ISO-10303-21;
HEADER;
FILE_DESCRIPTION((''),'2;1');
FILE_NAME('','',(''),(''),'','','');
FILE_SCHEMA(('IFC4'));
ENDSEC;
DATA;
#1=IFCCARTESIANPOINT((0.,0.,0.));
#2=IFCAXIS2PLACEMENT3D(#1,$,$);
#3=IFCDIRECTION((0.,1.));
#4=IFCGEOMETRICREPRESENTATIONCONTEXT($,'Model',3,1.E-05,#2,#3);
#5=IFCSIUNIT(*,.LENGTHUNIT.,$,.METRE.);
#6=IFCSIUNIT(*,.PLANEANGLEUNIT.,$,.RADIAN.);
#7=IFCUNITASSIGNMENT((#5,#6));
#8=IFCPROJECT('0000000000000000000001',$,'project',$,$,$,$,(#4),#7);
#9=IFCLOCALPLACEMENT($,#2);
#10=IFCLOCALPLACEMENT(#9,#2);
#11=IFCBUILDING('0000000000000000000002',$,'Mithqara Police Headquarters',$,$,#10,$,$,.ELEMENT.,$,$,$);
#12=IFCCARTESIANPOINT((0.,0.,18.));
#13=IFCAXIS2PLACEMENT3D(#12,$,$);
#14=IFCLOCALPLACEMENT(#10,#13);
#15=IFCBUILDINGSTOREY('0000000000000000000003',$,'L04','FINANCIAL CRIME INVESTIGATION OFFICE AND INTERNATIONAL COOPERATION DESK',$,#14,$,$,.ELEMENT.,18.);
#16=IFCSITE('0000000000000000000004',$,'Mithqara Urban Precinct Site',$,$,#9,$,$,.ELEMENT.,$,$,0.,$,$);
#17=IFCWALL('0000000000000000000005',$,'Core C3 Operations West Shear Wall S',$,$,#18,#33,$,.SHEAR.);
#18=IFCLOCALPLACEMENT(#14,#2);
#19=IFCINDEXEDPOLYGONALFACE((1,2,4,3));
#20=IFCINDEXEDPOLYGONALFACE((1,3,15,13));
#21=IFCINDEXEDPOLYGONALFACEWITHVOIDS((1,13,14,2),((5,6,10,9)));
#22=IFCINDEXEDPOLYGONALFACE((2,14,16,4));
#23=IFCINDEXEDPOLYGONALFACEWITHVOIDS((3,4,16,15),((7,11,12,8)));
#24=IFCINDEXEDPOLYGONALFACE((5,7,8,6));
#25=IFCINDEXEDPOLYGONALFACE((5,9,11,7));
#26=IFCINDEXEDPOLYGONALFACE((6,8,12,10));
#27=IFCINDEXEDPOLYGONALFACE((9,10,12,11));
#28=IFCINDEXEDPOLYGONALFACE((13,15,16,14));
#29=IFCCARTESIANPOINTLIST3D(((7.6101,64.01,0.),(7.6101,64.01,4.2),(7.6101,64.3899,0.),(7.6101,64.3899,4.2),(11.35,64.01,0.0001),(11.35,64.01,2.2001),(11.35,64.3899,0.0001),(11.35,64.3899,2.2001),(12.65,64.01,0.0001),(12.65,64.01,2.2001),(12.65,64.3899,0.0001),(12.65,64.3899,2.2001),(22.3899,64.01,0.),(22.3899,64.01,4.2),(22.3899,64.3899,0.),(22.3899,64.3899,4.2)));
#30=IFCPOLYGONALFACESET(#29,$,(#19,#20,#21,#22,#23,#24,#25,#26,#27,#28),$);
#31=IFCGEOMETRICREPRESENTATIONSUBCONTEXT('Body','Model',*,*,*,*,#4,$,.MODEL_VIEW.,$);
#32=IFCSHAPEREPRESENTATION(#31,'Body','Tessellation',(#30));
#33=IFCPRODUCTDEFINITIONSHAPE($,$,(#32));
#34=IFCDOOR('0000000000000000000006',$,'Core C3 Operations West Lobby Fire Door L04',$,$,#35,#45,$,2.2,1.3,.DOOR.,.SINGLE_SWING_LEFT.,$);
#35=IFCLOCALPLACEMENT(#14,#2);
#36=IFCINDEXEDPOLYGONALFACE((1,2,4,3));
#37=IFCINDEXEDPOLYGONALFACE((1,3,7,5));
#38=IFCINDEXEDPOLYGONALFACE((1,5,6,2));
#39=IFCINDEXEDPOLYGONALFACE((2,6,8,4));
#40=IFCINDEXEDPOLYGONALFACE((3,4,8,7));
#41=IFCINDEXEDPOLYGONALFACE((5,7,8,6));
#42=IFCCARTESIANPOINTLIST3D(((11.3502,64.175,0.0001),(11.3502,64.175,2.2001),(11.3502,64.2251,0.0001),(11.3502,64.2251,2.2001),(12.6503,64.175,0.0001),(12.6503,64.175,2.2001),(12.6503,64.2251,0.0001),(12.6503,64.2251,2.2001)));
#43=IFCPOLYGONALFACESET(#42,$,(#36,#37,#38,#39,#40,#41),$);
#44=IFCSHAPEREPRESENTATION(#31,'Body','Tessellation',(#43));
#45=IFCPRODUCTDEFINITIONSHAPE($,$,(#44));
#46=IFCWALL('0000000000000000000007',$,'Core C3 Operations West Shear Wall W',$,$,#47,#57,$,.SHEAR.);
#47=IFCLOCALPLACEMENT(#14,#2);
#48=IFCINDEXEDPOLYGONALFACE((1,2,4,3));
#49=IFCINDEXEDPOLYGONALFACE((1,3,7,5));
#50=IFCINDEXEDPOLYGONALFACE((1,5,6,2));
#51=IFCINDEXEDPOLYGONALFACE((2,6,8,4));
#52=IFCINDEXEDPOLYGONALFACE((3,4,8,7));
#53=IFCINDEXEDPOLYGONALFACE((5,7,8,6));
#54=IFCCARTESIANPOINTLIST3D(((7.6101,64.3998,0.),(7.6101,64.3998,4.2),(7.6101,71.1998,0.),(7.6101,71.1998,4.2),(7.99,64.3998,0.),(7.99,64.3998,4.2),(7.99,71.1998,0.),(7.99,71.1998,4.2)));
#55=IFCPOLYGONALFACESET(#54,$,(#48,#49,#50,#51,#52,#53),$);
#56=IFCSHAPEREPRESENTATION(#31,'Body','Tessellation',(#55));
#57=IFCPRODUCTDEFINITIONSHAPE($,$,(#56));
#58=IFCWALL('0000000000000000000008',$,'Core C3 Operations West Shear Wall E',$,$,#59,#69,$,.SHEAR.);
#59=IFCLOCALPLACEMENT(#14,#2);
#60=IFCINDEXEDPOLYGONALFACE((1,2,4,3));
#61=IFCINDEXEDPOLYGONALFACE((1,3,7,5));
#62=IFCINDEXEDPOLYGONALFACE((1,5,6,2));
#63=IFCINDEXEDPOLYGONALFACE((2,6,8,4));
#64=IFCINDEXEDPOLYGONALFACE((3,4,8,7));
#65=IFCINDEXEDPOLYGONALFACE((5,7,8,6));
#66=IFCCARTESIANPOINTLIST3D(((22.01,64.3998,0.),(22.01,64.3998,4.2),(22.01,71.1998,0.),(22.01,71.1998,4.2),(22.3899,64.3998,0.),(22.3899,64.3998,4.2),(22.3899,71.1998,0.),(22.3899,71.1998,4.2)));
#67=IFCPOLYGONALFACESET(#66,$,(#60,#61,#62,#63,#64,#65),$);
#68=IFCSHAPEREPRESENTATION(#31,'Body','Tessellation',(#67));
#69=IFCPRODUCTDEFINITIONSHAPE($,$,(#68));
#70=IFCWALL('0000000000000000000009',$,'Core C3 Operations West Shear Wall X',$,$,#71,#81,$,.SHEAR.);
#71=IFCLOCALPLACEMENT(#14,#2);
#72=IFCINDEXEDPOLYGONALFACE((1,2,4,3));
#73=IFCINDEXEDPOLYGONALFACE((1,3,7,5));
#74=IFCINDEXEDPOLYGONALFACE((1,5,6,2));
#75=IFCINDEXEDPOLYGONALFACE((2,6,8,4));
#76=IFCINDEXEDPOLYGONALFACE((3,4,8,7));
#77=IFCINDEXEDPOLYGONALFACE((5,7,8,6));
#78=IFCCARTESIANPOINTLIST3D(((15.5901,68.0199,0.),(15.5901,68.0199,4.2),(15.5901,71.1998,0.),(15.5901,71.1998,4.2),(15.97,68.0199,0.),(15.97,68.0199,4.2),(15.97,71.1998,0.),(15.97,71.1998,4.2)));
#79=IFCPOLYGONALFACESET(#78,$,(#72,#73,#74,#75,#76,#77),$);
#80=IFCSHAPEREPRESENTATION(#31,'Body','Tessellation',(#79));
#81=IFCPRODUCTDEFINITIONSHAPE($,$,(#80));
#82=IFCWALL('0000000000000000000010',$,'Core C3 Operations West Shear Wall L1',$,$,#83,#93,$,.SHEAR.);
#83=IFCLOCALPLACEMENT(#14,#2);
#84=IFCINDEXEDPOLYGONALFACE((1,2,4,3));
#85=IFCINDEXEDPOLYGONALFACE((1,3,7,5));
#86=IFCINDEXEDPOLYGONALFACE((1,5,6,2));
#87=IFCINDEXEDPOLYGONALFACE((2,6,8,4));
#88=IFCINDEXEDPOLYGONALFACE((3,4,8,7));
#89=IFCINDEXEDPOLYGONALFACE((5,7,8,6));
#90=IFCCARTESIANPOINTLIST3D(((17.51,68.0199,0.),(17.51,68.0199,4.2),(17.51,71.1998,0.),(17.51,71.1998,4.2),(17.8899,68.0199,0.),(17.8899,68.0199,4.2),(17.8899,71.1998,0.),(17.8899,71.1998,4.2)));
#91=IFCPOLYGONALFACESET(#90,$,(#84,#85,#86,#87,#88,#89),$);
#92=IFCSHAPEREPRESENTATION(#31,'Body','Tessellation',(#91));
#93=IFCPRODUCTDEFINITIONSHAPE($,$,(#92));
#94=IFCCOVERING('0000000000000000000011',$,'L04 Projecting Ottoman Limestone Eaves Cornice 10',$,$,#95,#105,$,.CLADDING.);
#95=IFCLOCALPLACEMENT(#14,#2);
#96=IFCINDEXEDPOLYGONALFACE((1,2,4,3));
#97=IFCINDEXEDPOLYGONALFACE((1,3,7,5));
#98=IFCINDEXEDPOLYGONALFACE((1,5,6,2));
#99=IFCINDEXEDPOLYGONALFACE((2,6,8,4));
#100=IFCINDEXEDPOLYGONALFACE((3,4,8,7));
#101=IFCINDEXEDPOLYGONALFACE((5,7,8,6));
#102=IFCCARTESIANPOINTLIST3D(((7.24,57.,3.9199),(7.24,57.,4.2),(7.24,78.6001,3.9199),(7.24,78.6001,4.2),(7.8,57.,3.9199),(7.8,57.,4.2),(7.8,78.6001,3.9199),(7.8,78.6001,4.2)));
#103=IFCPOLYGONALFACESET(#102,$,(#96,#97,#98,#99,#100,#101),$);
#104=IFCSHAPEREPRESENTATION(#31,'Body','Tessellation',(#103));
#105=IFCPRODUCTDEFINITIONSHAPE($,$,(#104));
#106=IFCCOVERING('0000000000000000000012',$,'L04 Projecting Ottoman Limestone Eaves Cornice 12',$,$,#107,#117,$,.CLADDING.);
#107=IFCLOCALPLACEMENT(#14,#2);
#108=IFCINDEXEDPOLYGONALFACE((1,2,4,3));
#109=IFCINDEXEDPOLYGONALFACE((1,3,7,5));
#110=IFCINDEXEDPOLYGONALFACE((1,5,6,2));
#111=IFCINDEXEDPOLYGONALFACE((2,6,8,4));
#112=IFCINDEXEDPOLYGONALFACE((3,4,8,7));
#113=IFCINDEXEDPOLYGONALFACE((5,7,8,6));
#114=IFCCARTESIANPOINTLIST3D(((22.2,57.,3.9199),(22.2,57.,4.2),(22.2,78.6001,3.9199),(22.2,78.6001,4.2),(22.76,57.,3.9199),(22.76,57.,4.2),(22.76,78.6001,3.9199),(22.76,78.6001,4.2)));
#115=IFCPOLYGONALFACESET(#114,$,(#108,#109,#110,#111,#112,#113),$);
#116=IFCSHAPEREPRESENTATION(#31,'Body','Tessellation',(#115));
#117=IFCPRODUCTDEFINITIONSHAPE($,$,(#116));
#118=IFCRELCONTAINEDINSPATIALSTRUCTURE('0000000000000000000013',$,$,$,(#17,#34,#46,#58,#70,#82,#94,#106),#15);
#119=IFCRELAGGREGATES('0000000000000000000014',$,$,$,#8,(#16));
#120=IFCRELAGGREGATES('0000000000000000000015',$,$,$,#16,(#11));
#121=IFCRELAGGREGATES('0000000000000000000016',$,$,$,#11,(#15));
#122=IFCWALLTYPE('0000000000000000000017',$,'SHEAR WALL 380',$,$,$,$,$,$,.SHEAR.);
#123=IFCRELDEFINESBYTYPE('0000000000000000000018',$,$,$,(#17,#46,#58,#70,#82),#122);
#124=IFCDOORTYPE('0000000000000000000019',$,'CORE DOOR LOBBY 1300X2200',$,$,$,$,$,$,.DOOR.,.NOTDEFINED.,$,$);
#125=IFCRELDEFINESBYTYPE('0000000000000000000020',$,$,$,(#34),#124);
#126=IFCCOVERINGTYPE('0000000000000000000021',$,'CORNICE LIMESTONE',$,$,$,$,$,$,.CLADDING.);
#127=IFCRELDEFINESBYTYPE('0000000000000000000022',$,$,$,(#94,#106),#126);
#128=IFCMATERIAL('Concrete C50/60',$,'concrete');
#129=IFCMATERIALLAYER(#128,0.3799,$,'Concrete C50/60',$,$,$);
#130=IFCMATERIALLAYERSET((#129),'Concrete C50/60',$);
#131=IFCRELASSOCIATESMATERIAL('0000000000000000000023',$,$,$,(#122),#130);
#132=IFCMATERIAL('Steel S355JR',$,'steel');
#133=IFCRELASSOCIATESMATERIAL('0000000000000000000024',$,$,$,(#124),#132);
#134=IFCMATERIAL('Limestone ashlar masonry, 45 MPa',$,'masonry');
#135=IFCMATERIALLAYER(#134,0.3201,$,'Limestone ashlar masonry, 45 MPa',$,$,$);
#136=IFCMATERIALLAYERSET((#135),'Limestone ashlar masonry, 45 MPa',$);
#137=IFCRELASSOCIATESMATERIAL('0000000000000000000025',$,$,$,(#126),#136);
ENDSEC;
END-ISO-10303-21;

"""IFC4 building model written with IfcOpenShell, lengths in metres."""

from ifc_helpers import new_model, si_unit, direction, frame, frame_2d, origin, origin_2d, place, context, subcontext, project, spatial, rectangle, extrude, material, layer, layer_set, type_object, element, fill, save


model = new_model("IFC4")

# Units and contexts
model_context = context("Model", 3, precision=1e-05, world=origin(), true_north=direction((0.0, 1.0)))
body_context = subcontext(model_context, "Body", "Model", "MODEL_VIEW")
ifc_project = project(units=[si_unit("LENGTHUNIT", "METRE"), si_unit("PLANEANGLEUNIT", "RADIAN")], contexts=[model_context])

# Site, building, storey
site_placement = place(None, origin())
site = spatial("IfcSite", under=ifc_project, at=site_placement, Name="Mithqara Urban Precinct Site", CompositionType="ELEMENT", RefElevation=0.0)
building_placement = place(site_placement, origin())
building = spatial("IfcBuilding", under=site, at=building_placement, Name="Mithqara Police Headquarters", CompositionType="ELEMENT")
storey_placement = place(building_placement, frame((0.0, 0.0, 18.0)))
storey = spatial("IfcBuildingStorey", under=building, at=storey_placement, Name="L04", Description="FINANCIAL CRIME INVESTIGATION OFFICE AND INTERNATIONAL COOPERATION DESK", CompositionType="ELEMENT", Elevation=18.0)

# Shared definitions
ifc_material_1 = material(Name="Steel S355JR", Category="steel")

# Shared definitions
ifc_material_2 = material(Name="Limestone ashlar masonry, 45 MPa", Category="masonry")

# Wall, opening, door
ifc_material_3 = material(Name="Concrete C50/60", Category="concrete")
ifc_layer_1 = layer(ifc_material_3, 0.3799, Name="Concrete C50/60")
ifc_layer_set_1 = layer_set([ifc_layer_1], Name="Concrete C50/60")
wall_type_1 = type_object("IfcWallType", Name="SHEAR WALL 380", PredefinedType="SHEAR", material=ifc_layer_set_1)
wall_1_placement = place(storey_placement, frame((7.6101, 64.2, 0.0), z_axis=(0.0, 0.0, 1.0), x_axis=(1.0, 0.0, 0.0)))
wall_1 = element("IfcWall", 1, at=wall_1_placement, inside=storey, type_object=wall_type_1, Name="Core C3 Operations West Shear Wall S", PredefinedType="SHEAR", context=body_context, shape_type="SweptSolid", body=[
    extrude(rectangle(XDim=14.7798, YDim=0.3799, at=frame_2d((7.3899, 0.0))), origin(), (0.0, 0.0, 1.0), 4.2),
])
opening_1_placement = place(wall_1_placement, frame((3.74, 0.0, 0.0)))
opening_1 = element("IfcOpeningElement", 2, at=opening_1_placement, cuts=wall_1, PredefinedType="OPENING", context=body_context, shape_type="SweptSolid", body=[
    extrude(rectangle(XDim=1.3, YDim=2.2, at=frame_2d((0.6499, 1.1001))), frame((0.0, 0.2, 0.0), z_axis=(0.0, -1.0, 0.0), x_axis=(1.0, 0.0, 0.0)), (0.0, 0.0, 1.0), 0.3999),
])
door_type_1 = type_object("IfcDoorType", Name="CORE DOOR LOBBY 1300X2200", OperationType="NOTDEFINED", PredefinedType="DOOR", material=ifc_material_1)
door_1_placement = place(opening_1_placement, frame((1.3, 0.0, 0.0), z_axis=(0.0, 0.0, 1.0), x_axis=(-1.0, 0.0, 0.0)))
door_1 = element("IfcDoor", 3, at=door_1_placement, inside=storey, type_object=door_type_1, Name="Core C3 Operations West Lobby Fire Door L04", OperationType="SINGLE_SWING_LEFT", OverallHeight=2.2, OverallWidth=1.3, PredefinedType="DOOR", context=body_context, shape_type="SweptSolid", body=[
    extrude(rectangle(XDim=1.3, YDim=2.2, at=frame_2d((0.6499, 1.1001))), frame((0.0, 0.0249, 0.0), z_axis=(0.0, -1.0, 0.0), x_axis=(1.0, 0.0, 0.0)), (0.0, 0.0, 1.0), 0.05),
])
fill(opening_1, door_1)

# Walls
for number, where, z_axis, x_axis, name in (
    (4, (7.8, 64.3999, 0.0), (0.0, 0.0, 1.0), (0.0, 1.0, 0.0), "Core C3 Operations West Shear Wall W"),
    (5, (22.2, 64.3999, 0.0), (0.0, 0.0, 1.0), (0.0, 1.0, 0.0), "Core C3 Operations West Shear Wall E"),
):
    element("IfcWall", number, at=place(storey_placement, frame(where, z_axis=z_axis, x_axis=x_axis)), inside=storey, type_object=wall_type_1, Name=name, PredefinedType="SHEAR", context=body_context, shape_type="SweptSolid", body=[
        extrude(rectangle(XDim=6.8, YDim=0.3799, at=frame_2d((3.3999, 0.0))), origin(), (0.0, 0.0, 1.0), 4.2),
    ])

# Walls
for number, where, z_axis, x_axis, name in (
    (6, (15.78, 68.02, 0.0), (0.0, 0.0, 1.0), (0.0, 1.0, 0.0), "Core C3 Operations West Shear Wall X"),
    (7, (17.7, 68.02, 0.0), (0.0, 0.0, 1.0), (0.0, 1.0, 0.0), "Core C3 Operations West Shear Wall L1"),
):
    element("IfcWall", number, at=place(storey_placement, frame(where, z_axis=z_axis, x_axis=x_axis)), inside=storey, type_object=wall_type_1, Name=name, PredefinedType="SHEAR", context=body_context, shape_type="SweptSolid", body=[
        extrude(rectangle(XDim=3.1799, YDim=0.3799, at=frame_2d((1.5898, 0.0))), origin(), (0.0, 0.0, 1.0), 4.2),
    ])

# Coverings
ifc_layer_2 = layer(ifc_material_2, 0.3201, Name="Limestone ashlar masonry, 45 MPa")
ifc_layer_set_2 = layer_set([ifc_layer_2], Name="Limestone ashlar masonry, 45 MPa")
covering_type_1 = type_object("IfcCoveringType", Name="CORNICE LIMESTONE", PredefinedType="CLADDING", material=ifc_layer_set_2)
for number, where, z_axis, x_axis, name in (
    (8, (7.52, 67.8, 3.9199), (0.0, 0.0, 1.0), (0.0, 1.0, 0.0), "L04 Projecting Ottoman Limestone Eaves Cornice 10"),
    (9, (22.48, 67.8, 3.9199), (0.0, 0.0, 1.0), (0.0, 1.0, 0.0), "L04 Projecting Ottoman Limestone Eaves Cornice 12"),
):
    element("IfcCovering", number, at=place(storey_placement, frame(where, z_axis=z_axis, x_axis=x_axis)), inside=storey, type_object=covering_type_1, Name=name, PredefinedType="CLADDING", context=body_context, shape_type="SweptSolid", body=[
        extrude(rectangle(XDim=21.6001, YDim=0.5601, at=origin_2d()), origin(), (0.0, 0.0, 1.0), 0.28),
    ])

save(model, "model.ifc")
